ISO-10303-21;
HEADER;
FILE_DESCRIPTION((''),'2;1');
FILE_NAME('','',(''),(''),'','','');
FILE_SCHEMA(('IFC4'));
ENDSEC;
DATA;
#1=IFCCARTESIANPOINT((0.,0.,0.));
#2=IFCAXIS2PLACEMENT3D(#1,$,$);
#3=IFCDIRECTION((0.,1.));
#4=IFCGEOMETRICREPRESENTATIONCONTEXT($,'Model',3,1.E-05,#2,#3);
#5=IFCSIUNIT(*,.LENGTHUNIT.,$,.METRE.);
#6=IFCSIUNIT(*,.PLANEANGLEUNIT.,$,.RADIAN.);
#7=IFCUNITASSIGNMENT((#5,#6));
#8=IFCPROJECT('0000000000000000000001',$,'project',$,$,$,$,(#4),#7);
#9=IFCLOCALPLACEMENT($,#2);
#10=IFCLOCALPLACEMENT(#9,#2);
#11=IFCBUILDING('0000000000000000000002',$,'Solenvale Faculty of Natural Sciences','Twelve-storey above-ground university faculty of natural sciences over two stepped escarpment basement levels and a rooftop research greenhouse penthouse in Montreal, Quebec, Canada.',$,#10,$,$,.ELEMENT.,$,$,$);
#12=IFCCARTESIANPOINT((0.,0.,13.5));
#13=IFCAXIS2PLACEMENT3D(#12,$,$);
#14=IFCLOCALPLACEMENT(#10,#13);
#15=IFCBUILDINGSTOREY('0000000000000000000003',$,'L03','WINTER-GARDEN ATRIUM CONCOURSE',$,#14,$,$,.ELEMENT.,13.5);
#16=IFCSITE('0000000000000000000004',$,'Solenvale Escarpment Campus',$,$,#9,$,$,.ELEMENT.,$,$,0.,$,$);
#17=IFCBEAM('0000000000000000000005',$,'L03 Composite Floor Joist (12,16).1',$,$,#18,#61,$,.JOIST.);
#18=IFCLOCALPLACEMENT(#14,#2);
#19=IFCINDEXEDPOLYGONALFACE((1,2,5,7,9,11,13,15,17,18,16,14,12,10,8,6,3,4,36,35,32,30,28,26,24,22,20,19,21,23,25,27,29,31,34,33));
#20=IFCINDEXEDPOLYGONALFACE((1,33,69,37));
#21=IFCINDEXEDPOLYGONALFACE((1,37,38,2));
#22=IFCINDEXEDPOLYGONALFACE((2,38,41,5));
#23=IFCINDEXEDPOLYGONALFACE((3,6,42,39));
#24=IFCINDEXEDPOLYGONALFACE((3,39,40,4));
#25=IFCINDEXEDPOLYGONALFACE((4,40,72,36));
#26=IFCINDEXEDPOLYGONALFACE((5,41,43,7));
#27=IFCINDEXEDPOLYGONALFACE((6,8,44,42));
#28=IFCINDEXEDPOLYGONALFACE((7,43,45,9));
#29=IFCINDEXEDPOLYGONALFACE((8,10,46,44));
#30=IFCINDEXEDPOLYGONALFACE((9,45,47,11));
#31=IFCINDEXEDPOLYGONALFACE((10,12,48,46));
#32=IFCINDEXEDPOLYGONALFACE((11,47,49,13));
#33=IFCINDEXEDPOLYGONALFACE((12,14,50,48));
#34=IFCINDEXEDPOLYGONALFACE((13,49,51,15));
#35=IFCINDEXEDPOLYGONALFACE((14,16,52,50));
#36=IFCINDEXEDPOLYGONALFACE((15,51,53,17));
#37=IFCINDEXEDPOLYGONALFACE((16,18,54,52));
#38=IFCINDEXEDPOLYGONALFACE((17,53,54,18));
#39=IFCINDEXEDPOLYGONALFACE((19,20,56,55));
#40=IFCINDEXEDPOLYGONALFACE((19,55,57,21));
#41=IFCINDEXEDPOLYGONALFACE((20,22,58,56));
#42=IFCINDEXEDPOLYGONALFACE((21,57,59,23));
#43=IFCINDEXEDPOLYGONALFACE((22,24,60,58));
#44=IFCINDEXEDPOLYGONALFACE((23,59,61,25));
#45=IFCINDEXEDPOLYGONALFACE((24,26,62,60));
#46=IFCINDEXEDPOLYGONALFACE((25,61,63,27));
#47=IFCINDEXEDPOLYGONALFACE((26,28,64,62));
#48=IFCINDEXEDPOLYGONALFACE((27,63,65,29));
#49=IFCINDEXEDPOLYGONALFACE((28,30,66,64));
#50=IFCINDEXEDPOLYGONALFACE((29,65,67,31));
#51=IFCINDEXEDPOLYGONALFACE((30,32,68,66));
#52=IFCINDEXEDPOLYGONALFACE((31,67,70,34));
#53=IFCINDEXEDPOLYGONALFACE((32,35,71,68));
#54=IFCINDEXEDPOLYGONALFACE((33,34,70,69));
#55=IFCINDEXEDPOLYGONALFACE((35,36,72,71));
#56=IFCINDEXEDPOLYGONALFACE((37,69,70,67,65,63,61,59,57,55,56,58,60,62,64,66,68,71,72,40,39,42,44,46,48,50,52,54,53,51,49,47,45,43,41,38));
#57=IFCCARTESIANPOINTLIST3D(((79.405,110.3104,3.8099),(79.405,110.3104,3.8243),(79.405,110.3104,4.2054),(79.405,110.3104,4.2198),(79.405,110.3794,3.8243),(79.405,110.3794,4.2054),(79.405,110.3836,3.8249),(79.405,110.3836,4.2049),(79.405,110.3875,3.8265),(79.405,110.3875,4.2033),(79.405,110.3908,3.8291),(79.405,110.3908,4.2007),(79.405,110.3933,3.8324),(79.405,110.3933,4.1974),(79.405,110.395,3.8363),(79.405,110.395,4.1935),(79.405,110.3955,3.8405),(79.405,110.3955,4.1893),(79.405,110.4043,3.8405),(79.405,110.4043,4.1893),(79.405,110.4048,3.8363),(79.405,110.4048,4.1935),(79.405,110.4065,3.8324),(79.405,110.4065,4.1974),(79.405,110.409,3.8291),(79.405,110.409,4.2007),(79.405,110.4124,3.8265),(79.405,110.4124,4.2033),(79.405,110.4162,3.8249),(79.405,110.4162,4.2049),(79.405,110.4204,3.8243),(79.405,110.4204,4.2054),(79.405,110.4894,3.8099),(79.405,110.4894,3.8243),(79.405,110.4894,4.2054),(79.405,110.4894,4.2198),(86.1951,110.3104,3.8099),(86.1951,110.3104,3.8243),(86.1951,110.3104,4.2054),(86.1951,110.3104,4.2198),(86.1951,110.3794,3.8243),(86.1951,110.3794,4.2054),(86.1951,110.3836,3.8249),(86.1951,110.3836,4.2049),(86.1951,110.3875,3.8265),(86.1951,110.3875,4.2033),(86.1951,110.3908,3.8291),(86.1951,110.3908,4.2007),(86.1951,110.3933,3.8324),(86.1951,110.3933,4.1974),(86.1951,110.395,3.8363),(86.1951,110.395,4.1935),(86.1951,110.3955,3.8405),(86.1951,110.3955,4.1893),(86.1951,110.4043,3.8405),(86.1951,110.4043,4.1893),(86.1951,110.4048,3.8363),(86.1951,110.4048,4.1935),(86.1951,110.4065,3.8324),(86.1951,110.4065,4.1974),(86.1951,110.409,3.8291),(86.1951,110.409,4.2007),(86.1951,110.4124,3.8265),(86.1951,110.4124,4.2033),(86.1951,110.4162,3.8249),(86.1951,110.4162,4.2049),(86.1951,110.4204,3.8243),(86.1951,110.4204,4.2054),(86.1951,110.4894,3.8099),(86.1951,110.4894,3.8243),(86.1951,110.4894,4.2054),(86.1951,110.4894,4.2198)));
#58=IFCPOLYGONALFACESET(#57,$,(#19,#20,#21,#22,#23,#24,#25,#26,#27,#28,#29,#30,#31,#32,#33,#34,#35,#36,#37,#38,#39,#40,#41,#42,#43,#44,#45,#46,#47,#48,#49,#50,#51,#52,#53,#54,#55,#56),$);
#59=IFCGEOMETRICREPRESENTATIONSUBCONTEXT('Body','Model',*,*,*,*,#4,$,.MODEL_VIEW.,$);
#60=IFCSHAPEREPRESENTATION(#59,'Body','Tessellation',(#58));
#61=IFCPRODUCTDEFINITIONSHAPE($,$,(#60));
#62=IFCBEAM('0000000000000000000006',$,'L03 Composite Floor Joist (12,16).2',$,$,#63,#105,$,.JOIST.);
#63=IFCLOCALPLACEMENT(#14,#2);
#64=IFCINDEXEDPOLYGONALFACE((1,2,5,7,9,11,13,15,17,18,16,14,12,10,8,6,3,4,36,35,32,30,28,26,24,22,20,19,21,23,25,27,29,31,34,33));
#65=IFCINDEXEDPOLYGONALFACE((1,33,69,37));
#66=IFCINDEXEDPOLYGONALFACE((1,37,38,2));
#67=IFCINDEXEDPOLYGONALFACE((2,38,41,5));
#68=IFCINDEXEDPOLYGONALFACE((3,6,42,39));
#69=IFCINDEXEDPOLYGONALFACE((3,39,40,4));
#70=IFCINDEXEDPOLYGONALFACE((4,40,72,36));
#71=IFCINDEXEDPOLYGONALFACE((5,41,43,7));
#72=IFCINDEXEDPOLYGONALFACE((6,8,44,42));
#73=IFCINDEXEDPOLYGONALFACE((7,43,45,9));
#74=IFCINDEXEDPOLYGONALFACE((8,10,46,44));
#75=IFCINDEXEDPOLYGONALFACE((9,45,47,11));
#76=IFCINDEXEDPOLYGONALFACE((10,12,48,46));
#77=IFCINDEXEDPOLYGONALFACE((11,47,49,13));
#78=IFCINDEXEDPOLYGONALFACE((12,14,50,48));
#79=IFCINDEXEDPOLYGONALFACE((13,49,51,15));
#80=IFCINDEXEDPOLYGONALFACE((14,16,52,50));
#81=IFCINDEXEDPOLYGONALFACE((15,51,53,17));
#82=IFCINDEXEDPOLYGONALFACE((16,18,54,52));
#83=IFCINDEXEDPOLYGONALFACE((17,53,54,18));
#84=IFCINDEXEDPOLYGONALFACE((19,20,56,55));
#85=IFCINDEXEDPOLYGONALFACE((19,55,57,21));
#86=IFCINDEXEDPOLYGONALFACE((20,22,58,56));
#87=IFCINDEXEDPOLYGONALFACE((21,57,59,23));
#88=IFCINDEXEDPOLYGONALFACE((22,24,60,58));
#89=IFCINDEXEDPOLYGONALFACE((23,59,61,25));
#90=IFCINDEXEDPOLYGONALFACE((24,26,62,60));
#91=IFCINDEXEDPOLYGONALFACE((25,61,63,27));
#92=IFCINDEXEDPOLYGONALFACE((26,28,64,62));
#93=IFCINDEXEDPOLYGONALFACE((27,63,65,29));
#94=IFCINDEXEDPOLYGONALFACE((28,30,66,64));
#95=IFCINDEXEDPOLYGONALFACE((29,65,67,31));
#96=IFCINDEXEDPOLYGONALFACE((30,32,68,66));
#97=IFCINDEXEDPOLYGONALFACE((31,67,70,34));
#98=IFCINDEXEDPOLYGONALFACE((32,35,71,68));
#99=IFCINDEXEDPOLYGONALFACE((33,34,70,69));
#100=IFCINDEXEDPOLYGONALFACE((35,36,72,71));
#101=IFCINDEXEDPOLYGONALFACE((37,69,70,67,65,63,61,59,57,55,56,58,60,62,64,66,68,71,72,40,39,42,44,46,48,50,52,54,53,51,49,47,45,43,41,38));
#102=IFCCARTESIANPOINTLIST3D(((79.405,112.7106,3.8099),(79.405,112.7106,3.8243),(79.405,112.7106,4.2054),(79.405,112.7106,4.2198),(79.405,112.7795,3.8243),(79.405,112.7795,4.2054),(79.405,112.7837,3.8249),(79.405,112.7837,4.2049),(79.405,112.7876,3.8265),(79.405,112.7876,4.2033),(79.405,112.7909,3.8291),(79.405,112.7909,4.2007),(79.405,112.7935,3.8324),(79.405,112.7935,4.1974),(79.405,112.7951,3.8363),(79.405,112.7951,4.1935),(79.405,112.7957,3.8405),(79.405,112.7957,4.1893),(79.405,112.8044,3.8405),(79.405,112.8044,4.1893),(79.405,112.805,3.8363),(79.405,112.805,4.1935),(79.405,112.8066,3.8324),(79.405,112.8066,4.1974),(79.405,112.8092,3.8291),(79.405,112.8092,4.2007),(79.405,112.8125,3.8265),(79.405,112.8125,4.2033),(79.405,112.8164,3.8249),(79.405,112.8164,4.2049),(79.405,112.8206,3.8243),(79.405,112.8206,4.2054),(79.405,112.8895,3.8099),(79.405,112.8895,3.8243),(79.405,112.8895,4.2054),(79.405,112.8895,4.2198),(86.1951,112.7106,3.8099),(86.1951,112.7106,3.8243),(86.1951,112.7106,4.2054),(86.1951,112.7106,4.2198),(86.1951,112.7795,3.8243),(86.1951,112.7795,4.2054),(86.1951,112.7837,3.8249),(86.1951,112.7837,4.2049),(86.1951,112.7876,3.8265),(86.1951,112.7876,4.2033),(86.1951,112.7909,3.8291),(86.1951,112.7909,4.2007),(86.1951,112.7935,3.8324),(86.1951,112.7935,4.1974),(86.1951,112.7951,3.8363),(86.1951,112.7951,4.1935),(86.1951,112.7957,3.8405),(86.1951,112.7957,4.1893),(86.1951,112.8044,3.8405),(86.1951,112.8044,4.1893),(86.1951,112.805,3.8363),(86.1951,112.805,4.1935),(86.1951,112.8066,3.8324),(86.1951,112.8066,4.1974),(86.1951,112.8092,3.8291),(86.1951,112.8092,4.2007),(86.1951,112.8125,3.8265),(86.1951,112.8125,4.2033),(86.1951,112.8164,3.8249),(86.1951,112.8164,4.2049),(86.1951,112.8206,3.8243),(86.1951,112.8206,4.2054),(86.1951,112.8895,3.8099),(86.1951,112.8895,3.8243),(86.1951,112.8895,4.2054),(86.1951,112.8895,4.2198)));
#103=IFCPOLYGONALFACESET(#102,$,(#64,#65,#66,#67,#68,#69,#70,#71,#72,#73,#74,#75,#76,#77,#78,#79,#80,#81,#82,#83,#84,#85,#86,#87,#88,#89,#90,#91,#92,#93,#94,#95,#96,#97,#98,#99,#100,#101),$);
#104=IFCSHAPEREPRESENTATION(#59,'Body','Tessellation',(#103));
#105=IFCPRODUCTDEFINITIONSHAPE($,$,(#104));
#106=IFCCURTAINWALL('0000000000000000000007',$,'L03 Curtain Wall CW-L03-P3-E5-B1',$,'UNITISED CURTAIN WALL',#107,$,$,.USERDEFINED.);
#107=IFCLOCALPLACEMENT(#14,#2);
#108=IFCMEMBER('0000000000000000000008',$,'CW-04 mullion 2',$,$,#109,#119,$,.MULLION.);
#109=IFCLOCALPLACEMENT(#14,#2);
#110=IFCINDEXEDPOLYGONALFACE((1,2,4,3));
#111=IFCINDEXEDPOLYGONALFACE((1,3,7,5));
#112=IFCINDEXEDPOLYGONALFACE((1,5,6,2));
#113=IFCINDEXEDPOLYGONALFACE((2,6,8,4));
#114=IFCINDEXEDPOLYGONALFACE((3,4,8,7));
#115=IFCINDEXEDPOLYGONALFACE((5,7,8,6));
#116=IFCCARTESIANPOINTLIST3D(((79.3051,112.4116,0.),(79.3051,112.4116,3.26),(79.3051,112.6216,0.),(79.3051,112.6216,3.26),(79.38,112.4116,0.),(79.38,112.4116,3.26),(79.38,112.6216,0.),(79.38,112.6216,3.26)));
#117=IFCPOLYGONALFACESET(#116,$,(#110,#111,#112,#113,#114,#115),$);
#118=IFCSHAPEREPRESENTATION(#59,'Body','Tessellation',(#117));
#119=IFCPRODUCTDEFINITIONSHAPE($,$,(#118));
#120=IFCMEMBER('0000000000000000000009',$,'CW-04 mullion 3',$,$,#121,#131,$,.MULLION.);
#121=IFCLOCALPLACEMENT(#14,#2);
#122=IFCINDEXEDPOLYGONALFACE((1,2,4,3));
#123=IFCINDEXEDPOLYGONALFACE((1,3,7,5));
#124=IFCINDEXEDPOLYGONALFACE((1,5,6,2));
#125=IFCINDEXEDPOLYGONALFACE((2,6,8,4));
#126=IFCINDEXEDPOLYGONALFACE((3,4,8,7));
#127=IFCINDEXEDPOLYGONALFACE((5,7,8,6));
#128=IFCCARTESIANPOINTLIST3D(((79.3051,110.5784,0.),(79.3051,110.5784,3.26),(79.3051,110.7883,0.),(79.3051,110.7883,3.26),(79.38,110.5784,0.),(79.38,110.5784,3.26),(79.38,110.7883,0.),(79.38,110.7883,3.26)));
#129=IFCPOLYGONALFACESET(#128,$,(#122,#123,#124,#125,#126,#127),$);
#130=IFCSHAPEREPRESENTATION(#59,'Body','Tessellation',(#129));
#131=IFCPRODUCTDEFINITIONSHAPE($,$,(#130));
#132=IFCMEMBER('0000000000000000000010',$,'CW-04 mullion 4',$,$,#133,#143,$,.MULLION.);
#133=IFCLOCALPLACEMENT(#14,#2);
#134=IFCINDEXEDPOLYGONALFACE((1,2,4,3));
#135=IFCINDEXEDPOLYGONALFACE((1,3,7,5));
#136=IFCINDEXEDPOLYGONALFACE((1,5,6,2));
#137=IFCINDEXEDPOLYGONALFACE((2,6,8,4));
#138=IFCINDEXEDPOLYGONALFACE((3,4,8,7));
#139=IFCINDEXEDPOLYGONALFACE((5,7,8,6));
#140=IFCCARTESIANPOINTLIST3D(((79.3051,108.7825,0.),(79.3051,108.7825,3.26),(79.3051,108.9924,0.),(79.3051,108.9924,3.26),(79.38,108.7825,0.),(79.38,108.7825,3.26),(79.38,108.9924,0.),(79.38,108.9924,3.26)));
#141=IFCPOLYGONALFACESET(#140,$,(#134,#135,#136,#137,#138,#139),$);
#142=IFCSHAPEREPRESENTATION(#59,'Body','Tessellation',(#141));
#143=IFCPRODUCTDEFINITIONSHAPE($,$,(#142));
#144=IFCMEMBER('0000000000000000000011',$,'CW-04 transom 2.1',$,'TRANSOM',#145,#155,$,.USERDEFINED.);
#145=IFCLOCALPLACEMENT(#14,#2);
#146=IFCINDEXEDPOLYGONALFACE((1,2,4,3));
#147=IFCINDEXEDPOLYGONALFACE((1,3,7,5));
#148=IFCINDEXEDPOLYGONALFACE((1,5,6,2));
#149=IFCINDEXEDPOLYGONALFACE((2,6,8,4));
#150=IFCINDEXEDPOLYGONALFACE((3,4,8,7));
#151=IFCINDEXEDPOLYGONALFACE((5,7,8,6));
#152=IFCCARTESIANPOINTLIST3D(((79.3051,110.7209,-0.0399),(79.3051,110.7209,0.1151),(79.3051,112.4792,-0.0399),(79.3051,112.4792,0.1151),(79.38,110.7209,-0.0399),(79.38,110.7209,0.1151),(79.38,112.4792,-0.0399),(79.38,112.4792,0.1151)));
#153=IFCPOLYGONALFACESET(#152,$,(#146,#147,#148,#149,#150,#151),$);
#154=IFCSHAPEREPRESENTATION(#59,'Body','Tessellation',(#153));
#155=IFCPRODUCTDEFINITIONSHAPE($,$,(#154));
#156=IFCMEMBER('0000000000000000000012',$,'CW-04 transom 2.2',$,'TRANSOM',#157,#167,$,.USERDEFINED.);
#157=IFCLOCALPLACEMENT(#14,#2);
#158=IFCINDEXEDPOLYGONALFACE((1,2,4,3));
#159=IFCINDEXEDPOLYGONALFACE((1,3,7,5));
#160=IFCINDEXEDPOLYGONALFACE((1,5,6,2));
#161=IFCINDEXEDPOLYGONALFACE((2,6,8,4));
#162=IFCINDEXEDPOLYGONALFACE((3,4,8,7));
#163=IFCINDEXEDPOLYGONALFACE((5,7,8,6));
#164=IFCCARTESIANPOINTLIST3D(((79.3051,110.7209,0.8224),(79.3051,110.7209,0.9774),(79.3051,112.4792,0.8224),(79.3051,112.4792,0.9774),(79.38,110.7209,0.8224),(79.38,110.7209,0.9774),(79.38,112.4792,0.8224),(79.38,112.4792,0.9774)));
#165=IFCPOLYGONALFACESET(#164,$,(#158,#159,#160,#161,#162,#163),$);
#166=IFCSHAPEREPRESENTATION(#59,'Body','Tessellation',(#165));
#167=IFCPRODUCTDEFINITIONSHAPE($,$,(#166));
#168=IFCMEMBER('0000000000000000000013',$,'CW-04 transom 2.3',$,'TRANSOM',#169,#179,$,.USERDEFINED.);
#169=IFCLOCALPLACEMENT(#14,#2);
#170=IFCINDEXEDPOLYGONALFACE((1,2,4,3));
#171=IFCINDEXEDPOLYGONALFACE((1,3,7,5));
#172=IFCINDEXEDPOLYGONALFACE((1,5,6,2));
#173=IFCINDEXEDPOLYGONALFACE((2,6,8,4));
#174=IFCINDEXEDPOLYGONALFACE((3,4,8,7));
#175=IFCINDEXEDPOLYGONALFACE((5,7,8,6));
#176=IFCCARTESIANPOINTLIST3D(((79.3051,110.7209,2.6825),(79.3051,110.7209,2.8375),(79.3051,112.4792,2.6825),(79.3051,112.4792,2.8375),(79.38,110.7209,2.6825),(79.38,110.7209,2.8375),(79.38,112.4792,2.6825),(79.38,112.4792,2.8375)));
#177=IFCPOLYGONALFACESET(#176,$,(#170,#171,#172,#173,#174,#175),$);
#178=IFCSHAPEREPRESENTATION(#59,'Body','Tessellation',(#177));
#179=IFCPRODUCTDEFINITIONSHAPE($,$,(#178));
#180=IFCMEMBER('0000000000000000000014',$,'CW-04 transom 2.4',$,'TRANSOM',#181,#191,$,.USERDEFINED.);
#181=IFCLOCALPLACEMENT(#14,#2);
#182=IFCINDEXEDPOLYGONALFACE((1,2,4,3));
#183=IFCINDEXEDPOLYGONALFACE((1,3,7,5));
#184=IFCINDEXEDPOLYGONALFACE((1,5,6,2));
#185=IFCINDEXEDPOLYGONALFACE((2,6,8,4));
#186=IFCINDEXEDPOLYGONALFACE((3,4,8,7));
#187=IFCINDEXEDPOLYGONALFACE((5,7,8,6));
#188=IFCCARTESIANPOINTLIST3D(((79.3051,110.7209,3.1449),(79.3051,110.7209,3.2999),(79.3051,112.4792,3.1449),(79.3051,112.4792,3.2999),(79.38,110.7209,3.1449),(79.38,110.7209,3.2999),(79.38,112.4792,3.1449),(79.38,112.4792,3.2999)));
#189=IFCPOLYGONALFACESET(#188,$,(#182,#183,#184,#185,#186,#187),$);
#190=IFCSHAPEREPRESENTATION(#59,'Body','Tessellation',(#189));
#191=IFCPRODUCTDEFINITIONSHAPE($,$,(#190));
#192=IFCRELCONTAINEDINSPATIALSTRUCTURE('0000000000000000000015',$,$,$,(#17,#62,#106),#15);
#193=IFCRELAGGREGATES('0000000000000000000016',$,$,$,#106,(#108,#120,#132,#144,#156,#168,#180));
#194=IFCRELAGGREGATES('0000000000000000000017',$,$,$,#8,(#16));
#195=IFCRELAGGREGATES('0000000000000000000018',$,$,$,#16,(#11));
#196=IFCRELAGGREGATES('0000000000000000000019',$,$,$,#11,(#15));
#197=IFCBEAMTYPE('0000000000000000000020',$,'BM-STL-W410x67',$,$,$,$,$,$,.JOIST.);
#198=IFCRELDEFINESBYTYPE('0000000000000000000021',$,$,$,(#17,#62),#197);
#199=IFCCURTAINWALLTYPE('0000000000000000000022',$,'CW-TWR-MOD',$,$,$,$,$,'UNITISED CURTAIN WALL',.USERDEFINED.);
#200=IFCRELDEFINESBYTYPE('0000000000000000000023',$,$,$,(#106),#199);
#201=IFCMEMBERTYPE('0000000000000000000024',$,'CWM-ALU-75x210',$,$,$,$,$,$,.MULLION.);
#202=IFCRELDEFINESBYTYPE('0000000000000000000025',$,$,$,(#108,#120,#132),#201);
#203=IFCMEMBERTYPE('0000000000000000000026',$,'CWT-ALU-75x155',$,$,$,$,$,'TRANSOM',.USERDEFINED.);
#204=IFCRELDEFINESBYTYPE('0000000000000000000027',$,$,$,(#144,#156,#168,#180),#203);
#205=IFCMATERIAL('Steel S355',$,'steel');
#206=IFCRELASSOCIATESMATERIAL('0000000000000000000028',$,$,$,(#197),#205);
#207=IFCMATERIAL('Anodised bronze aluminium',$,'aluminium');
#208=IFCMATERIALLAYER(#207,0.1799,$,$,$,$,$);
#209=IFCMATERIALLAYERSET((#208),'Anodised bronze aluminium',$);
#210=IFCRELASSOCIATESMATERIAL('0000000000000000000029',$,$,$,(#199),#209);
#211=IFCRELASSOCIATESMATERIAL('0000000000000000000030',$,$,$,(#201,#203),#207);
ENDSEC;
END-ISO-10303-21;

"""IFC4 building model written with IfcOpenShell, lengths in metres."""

from ifc_helpers import new_model, si_unit, direction, frame, origin, origin_2d, place, context, subcontext, project, spatial, rectangle, i_section, extrude, material, layer, layer_set, material_profile, profile_set, type_object, element, aggregate, save


model = new_model("IFC4")

# Units and contexts
model_context = context("Model", 3, precision=1e-05, world=origin(), true_north=direction((0.0, 1.0)))
body_context = subcontext(model_context, "Body", "Model", "MODEL_VIEW")
ifc_project = project(units=[si_unit("LENGTHUNIT", "METRE"), si_unit("PLANEANGLEUNIT", "RADIAN")], contexts=[model_context])

# Site, building, storey
site_placement = place(None, origin())
site = spatial("IfcSite", under=ifc_project, at=site_placement, Name="Solenvale Escarpment Campus", CompositionType="ELEMENT", RefElevation=0.0)
building_placement = place(site_placement, origin())
building = spatial("IfcBuilding", under=site, at=building_placement, Name="Solenvale Faculty of Natural Sciences", Description="Twelve-storey above-ground university faculty of natural sciences over two stepped escarpment basement levels and a rooftop research greenhouse penthouse in Montreal, Quebec, Canada.", CompositionType="ELEMENT")
storey_placement = place(building_placement, frame((0.0, 0.0, 13.5)))
storey = spatial("IfcBuildingStorey", under=building, at=storey_placement, Name="L03", Description="WINTER-GARDEN ATRIUM CONCOURSE", CompositionType="ELEMENT", Elevation=13.5)

# Beams
ifc_material_1 = material(Name="Steel S355", Category="steel")
ifc_material_profile_1 = material_profile(ifc_material_1, i_section(OverallWidth=0.179, OverallDepth=0.4099, WebThickness=0.0088, FlangeThickness=0.0144, FilletRadius=0.0161, at=origin_2d()), Name="W410x67")
ifc_profile_set_1 = profile_set([ifc_material_profile_1], Name="Steel S355")
beam_type = type_object("IfcBeamType", Name="BM-STL-W410x67", PredefinedType="JOIST", material=ifc_profile_set_1)
for number, where, z_axis, x_axis, name in (
    (1, (79.405, 110.3999, 4.0149), (1.0, 0.0, 0.0), (0.0, 1.0, 0.0), "L03 Composite Floor Joist (12,16).1"),
    (2, (79.405, 112.8, 4.0149), (1.0, 0.0, 0.0), (0.0, 1.0, 0.0), "L03 Composite Floor Joist (12,16).2"),
):
    element("IfcBeam", number, at=place(storey_placement, frame(where, z_axis=z_axis, x_axis=x_axis)), inside=storey, type_object=beam_type, Name=name, PredefinedType="JOIST", context=body_context, shape_type="SweptSolid", body=[
        extrude(i_section(OverallWidth=0.179, OverallDepth=0.4099, WebThickness=0.0088, FlangeThickness=0.0144, FilletRadius=0.0161, at=origin_2d()), origin(), (0.0, 0.0, 1.0), 6.79),
    ])

# Curtain wall, members
ifc_material_2 = material(Name="Anodised bronze aluminium", Category="aluminium")
ifc_layer_1 = layer(ifc_material_2, 0.1799)
ifc_layer_set_1 = layer_set([ifc_layer_1], Name="Anodised bronze aluminium")
curtain_wall_type = type_object("IfcCurtainWallType", Name="CW-TWR-MOD", ElementType="UNITISED CURTAIN WALL", PredefinedType="USERDEFINED", material=ifc_layer_set_1)
curtain_wall_placement = place(storey_placement, origin())
curtain_wall = element("IfcCurtainWall", 3, at=curtain_wall_placement, inside=storey, type_object=curtain_wall_type, Name="L03 Curtain Wall CW-L03-P3-E5-B1", ObjectType="UNITISED CURTAIN WALL", PredefinedType="USERDEFINED")
ifc_material_profile_2 = material_profile(ifc_material_2, rectangle(XDim=0.075, YDim=0.21, at=origin_2d()), Name="ALU-MUL-75x210")
ifc_profile_set_2 = profile_set([ifc_material_profile_2], Name="Anodised bronze aluminium")
member_type_1 = type_object("IfcMemberType", Name="CWM-ALU-75x210", PredefinedType="MULLION", material=ifc_profile_set_2)
member_1_placement = place(storey_placement, frame((79.3425, 112.5166, 0.0), z_axis=(0.0, 0.0, 1.0), x_axis=(1.0, 0.0, 0.0)))
member_1 = element("IfcMember", 4, at=member_1_placement, type_object=member_type_1, Name="CW-04 mullion 2", PredefinedType="MULLION", context=body_context, shape_type="SweptSolid", body=[
    extrude(rectangle(XDim=0.075, YDim=0.21, at=origin_2d()), origin(), (0.0, 0.0, 1.0), 3.26),
])
member_2_placement = place(storey_placement, frame((79.3425, 110.6833, 0.0), z_axis=(0.0, 0.0, 1.0), x_axis=(1.0, 0.0, 0.0)))
member_2 = element("IfcMember", 5, at=member_2_placement, type_object=member_type_1, Name="CW-04 mullion 3", PredefinedType="MULLION", context=body_context, shape_type="SweptSolid", body=[
    extrude(rectangle(XDim=0.075, YDim=0.21, at=origin_2d()), origin(), (0.0, 0.0, 1.0), 3.26),
])
member_3_placement = place(storey_placement, frame((79.3425, 108.8875, 0.0), z_axis=(0.0, 0.0, 1.0), x_axis=(1.0, 0.0, 0.0)))
member_3 = element("IfcMember", 6, at=member_3_placement, type_object=member_type_1, Name="CW-04 mullion 4", PredefinedType="MULLION", context=body_context, shape_type="SweptSolid", body=[
    extrude(rectangle(XDim=0.075, YDim=0.21, at=origin_2d()), origin(), (0.0, 0.0, 1.0), 3.26),
])
ifc_material_profile_3 = material_profile(ifc_material_2, rectangle(XDim=0.075, YDim=0.155, at=origin_2d()), Name="ALU-TRN-75x155")
ifc_profile_set_3 = profile_set([ifc_material_profile_3], Name="Anodised bronze aluminium")
member_type_2 = type_object("IfcMemberType", Name="CWT-ALU-75x155", ElementType="TRANSOM", PredefinedType="USERDEFINED", material=ifc_profile_set_3)
member_4_placement = place(storey_placement, frame((79.3425, 112.4792, 0.0376), z_axis=(0.0, -1.0, 0.0), x_axis=(1.0, 0.0, 0.0)))
member_4 = element("IfcMember", 7, at=member_4_placement, type_object=member_type_2, Name="CW-04 transom 2.1", ObjectType="TRANSOM", PredefinedType="USERDEFINED", context=body_context, shape_type="SweptSolid", body=[
    extrude(rectangle(XDim=0.075, YDim=0.155, at=origin_2d()), origin(), (0.0, 0.0, 1.0), 1.7583),
])
member_5_placement = place(storey_placement, frame((79.3425, 112.4792, 0.8999), z_axis=(0.0, -1.0, 0.0), x_axis=(1.0, 0.0, 0.0)))
member_5 = element("IfcMember", 8, at=member_5_placement, type_object=member_type_2, Name="CW-04 transom 2.2", ObjectType="TRANSOM", PredefinedType="USERDEFINED", context=body_context, shape_type="SweptSolid", body=[
    extrude(rectangle(XDim=0.075, YDim=0.155, at=origin_2d()), origin(), (0.0, 0.0, 1.0), 1.7583),
])
member_6_placement = place(storey_placement, frame((79.3425, 112.4792, 2.76), z_axis=(0.0, -1.0, 0.0), x_axis=(1.0, 0.0, 0.0)))
member_6 = element("IfcMember", 9, at=member_6_placement, type_object=member_type_2, Name="CW-04 transom 2.3", ObjectType="TRANSOM", PredefinedType="USERDEFINED", context=body_context, shape_type="SweptSolid", body=[
    extrude(rectangle(XDim=0.075, YDim=0.155, at=origin_2d()), origin(), (0.0, 0.0, 1.0), 1.7583),
])
member_7_placement = place(storey_placement, frame((79.3425, 112.4792, 3.2224), z_axis=(0.0, -1.0, 0.0), x_axis=(1.0, 0.0, 0.0)))
member_7 = element("IfcMember", 10, at=member_7_placement, type_object=member_type_2, Name="CW-04 transom 2.4", ObjectType="TRANSOM", PredefinedType="USERDEFINED", context=body_context, shape_type="SweptSolid", body=[
    extrude(rectangle(XDim=0.075, YDim=0.155, at=origin_2d()), origin(), (0.0, 0.0, 1.0), 1.7583),
])
aggregate(curtain_wall, [member_1, member_2, member_3, member_4, member_5, member_6, member_7])

save(model, "model.ifc")
